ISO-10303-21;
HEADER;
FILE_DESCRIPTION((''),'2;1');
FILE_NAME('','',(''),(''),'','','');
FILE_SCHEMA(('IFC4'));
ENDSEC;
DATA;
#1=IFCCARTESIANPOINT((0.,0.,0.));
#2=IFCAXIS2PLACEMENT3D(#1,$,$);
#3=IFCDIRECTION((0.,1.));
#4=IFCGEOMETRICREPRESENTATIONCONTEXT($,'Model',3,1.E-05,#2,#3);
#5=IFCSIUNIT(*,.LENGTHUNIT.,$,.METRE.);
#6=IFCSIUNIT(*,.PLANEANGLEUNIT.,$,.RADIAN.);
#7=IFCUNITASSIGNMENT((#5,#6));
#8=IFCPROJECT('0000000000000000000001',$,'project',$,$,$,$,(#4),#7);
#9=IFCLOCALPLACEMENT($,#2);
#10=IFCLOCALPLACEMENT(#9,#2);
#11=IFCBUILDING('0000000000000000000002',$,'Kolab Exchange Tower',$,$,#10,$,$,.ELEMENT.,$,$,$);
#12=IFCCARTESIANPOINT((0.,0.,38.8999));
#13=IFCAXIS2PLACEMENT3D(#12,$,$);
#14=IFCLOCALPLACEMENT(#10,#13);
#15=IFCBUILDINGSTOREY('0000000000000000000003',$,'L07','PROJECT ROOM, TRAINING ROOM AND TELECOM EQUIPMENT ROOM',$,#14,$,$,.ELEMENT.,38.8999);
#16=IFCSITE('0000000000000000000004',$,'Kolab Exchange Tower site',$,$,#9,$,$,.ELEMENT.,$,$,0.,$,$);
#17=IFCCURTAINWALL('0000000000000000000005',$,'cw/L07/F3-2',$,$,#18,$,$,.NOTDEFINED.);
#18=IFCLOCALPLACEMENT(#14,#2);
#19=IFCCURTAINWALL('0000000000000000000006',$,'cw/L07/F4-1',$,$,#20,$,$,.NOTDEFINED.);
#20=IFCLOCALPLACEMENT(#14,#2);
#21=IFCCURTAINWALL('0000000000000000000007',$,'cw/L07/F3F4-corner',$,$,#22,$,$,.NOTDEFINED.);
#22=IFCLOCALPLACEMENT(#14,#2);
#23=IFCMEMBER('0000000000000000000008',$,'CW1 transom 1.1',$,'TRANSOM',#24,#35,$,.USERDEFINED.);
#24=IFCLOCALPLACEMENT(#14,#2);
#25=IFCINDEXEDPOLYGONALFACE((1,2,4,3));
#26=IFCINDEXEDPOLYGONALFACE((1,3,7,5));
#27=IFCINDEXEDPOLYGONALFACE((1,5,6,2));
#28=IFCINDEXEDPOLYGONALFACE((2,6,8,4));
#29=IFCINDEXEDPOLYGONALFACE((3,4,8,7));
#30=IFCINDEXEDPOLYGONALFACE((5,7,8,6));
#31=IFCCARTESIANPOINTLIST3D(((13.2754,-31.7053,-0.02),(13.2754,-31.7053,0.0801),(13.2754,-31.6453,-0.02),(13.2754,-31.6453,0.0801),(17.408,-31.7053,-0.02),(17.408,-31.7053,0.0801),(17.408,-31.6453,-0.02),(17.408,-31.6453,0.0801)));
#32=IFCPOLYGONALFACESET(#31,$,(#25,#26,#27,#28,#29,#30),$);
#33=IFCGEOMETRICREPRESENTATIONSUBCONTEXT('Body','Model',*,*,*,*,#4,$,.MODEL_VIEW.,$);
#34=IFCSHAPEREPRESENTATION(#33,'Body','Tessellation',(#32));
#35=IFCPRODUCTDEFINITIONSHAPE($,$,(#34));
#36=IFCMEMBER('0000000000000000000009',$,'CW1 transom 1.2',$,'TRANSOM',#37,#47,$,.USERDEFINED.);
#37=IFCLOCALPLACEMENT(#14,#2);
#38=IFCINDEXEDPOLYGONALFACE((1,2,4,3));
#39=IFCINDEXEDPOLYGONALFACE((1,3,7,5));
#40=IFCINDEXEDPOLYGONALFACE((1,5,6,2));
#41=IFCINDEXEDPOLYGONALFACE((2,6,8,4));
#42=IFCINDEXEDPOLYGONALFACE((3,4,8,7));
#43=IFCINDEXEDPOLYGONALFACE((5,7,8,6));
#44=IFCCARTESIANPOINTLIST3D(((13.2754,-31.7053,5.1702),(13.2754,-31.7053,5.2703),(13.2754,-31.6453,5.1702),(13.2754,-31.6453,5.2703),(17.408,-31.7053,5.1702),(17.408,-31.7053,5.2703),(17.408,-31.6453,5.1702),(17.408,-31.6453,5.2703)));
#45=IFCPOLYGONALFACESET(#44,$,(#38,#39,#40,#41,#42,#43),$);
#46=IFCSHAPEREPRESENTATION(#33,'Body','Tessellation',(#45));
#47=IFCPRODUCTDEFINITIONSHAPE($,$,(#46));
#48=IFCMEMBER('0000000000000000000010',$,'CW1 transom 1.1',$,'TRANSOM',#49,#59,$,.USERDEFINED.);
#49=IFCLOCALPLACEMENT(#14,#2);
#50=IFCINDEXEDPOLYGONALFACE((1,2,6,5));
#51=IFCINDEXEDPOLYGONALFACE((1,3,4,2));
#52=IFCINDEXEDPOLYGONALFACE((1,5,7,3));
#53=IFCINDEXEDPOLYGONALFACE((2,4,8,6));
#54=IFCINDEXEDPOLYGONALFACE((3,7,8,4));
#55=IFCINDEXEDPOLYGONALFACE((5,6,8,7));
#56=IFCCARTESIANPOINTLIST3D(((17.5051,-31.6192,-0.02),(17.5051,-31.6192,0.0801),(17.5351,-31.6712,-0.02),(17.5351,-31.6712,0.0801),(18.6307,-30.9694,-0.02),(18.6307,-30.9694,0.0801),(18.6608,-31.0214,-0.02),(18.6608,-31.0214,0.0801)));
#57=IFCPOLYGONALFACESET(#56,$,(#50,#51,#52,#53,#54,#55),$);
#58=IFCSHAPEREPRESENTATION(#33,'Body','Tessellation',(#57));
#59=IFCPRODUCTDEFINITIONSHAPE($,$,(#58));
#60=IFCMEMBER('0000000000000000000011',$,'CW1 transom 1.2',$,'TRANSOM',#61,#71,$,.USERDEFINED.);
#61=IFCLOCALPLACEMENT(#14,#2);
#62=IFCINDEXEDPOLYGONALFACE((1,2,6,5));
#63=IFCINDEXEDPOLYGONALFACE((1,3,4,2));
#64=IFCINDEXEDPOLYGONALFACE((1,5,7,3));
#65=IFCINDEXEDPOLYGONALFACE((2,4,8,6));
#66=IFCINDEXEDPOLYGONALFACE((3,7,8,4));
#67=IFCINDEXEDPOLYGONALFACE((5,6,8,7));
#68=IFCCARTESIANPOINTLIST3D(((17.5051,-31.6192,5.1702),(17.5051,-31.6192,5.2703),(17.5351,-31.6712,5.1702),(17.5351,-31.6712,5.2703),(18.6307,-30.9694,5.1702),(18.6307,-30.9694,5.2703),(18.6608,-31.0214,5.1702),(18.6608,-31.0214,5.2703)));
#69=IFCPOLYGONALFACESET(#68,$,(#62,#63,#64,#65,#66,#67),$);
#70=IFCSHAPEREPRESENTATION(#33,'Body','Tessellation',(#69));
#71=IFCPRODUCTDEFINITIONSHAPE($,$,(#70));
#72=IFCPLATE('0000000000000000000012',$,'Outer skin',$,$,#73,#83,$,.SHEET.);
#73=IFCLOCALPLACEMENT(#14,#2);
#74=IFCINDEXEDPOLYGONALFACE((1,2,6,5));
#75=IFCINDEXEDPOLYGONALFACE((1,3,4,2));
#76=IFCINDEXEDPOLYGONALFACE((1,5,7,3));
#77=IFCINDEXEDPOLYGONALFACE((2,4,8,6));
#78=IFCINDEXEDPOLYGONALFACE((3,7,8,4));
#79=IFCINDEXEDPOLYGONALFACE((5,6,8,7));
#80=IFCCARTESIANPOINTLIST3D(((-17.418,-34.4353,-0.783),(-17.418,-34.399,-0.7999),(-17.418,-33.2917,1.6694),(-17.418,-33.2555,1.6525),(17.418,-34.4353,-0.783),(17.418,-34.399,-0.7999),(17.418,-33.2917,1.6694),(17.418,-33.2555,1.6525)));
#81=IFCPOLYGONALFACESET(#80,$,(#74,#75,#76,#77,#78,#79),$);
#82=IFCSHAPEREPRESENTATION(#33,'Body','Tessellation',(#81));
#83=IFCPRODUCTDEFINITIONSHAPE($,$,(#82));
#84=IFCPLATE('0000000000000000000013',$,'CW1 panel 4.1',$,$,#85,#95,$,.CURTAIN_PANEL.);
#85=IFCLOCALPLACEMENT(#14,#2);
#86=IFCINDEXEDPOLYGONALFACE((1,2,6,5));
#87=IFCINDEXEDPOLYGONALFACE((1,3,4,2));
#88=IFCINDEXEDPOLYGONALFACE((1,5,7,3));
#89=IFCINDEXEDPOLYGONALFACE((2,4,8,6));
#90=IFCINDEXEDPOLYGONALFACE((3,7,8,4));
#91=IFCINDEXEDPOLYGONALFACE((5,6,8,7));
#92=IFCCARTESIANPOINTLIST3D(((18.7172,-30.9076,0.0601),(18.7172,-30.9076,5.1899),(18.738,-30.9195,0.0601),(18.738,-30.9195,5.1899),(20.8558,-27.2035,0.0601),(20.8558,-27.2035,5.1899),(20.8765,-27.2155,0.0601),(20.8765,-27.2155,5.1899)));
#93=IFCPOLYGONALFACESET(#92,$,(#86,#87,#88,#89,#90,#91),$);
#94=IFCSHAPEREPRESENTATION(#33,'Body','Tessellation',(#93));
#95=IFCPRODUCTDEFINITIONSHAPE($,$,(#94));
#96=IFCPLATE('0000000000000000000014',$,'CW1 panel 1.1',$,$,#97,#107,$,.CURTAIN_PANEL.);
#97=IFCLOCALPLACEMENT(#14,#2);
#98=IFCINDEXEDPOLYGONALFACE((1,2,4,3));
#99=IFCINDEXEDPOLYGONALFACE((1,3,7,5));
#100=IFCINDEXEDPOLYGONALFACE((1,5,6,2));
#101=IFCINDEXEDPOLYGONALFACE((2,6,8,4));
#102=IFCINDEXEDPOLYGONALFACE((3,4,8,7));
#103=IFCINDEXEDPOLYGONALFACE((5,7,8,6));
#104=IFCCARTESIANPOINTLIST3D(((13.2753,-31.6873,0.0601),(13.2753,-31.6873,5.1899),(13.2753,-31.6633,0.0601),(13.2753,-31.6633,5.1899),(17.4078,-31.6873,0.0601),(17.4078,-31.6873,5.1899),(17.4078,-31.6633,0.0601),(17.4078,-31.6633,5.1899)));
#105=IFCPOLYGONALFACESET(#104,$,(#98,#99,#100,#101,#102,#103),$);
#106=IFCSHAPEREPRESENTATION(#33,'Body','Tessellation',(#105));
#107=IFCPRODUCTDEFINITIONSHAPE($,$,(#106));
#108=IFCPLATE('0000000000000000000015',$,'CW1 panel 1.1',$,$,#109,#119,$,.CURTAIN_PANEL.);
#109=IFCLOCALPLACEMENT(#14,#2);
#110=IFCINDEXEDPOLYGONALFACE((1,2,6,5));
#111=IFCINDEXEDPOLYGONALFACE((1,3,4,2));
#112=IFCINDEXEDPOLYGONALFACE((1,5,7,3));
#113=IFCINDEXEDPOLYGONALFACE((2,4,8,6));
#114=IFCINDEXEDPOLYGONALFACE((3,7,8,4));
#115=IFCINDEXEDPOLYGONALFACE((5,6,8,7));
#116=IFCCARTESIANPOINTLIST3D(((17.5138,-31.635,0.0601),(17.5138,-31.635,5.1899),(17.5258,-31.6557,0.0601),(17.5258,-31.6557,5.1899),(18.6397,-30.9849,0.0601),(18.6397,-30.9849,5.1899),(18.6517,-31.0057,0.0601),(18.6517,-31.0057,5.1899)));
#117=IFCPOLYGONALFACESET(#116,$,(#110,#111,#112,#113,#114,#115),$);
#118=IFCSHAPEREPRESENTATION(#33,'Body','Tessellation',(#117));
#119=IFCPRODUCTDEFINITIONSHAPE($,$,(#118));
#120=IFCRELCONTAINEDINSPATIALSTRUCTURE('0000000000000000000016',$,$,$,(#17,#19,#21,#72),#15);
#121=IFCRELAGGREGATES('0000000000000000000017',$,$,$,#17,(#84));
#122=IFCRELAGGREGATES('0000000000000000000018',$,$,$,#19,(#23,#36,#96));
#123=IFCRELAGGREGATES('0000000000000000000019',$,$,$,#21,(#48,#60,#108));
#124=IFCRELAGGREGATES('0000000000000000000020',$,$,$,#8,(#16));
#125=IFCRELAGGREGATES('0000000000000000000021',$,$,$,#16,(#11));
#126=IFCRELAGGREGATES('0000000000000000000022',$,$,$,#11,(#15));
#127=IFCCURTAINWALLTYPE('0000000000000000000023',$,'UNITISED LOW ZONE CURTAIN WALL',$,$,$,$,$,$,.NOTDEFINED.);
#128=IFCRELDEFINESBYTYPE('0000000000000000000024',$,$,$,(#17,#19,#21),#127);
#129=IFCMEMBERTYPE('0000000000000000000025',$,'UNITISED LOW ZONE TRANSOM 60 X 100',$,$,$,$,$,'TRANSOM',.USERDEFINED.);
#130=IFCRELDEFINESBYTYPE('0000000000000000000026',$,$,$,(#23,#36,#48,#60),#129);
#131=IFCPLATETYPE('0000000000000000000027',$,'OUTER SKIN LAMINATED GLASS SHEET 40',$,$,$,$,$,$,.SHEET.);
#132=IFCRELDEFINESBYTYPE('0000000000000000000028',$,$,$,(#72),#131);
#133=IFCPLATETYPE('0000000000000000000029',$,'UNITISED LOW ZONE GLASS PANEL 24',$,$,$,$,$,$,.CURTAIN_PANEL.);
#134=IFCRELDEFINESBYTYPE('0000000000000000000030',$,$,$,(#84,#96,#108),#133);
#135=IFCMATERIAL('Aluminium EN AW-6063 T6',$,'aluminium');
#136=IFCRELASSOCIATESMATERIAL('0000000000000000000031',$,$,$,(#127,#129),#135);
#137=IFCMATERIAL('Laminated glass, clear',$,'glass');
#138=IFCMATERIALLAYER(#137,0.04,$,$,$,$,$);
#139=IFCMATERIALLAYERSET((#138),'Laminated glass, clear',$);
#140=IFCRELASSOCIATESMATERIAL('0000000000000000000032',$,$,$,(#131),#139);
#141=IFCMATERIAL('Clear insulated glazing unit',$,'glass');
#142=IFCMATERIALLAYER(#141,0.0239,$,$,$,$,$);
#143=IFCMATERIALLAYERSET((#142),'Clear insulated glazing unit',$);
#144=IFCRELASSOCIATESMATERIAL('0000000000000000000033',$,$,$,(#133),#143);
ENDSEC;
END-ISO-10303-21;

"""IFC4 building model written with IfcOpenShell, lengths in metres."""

from ifc_helpers import new_model, si_unit, direction, frame, origin, origin_2d, place, context, subcontext, project, spatial, polyline, rectangle, outline, extrude, material, layer, layer_set, material_profile, profile_set, type_object, element, aggregate, save


model = new_model("IFC4")

# Units and contexts
model_context = context("Model", 3, precision=1e-05, world=origin(), true_north=direction((0.0, 1.0)))
body_context = subcontext(model_context, "Body", "Model", "MODEL_VIEW")
ifc_project = project(units=[si_unit("LENGTHUNIT", "METRE"), si_unit("PLANEANGLEUNIT", "RADIAN")], contexts=[model_context])

# Site, building, storey
site_placement = place(None, origin())
site = spatial("IfcSite", under=ifc_project, at=site_placement, Name="Kolab Exchange Tower site", CompositionType="ELEMENT", RefElevation=0.0)
building_placement = place(site_placement, origin())
building = spatial("IfcBuilding", under=site, at=building_placement, Name="Kolab Exchange Tower", CompositionType="ELEMENT")
storey_placement = place(building_placement, frame((0.0, 0.0, 38.8999)))
storey = spatial("IfcBuildingStorey", under=building, at=storey_placement, Name="L07", Description="PROJECT ROOM, TRAINING ROOM AND TELECOM EQUIPMENT ROOM", CompositionType="ELEMENT", Elevation=38.8999)

# Curtain walls
ifc_material_1 = material(Name="Aluminium EN AW-6063 T6", Category="aluminium")
curtain_wall_type = type_object("IfcCurtainWallType", Name="UNITISED LOW ZONE CURTAIN WALL", PredefinedType="NOTDEFINED", material=ifc_material_1)
curtain_wall_1_placement = place(storey_placement, origin())
curtain_wall_1 = element("IfcCurtainWall", 1, at=curtain_wall_1_placement, inside=storey, type_object=curtain_wall_type, Name="cw/L07/F3-2", PredefinedType="NOTDEFINED")
curtain_wall_2_placement = place(storey_placement, origin())
curtain_wall_2 = element("IfcCurtainWall", 2, at=curtain_wall_2_placement, inside=storey, type_object=curtain_wall_type, Name="cw/L07/F4-1", PredefinedType="NOTDEFINED")

# Curtain wall
curtain_wall_3_placement = place(storey_placement, origin())
curtain_wall_3 = element("IfcCurtainWall", 3, at=curtain_wall_3_placement, inside=storey, type_object=curtain_wall_type, Name="cw/L07/F3F4-corner", PredefinedType="NOTDEFINED")

# Members
ifc_material_profile_1 = material_profile(ifc_material_1, rectangle(XDim=0.0601, YDim=0.1001, at=origin_2d()), Name="RECT 60X100")
ifc_profile_set_1 = profile_set([ifc_material_profile_1], Name="Aluminium EN AW-6063 T6")
member_type_1 = type_object("IfcMemberType", Name="UNITISED LOW ZONE TRANSOM 60 X 100", ElementType="TRANSOM", PredefinedType="USERDEFINED", material=ifc_profile_set_1)
member_1_placement = place(storey_placement, frame((17.408, -31.6753, 0.03), z_axis=(-1.0, 0.0, 0.0), x_axis=(0.0, -1.0, 0.0)))
member_1 = element("IfcMember", 4, at=member_1_placement, type_object=member_type_1, Name="CW1 transom 1.1", ObjectType="TRANSOM", PredefinedType="USERDEFINED", context=body_context, shape_type="SweptSolid", body=[
    extrude(rectangle(XDim=0.0601, YDim=0.1001, at=origin_2d()), origin(), (0.0, 0.0, 1.0), 4.1326),
])
member_2_placement = place(storey_placement, frame((17.408, -31.6753, 5.2202), z_axis=(-1.0, 0.0, 0.0), x_axis=(0.0, -1.0, 0.0)))
member_2 = element("IfcMember", 5, at=member_2_placement, type_object=member_type_1, Name="CW1 transom 1.2", ObjectType="TRANSOM", PredefinedType="USERDEFINED", context=body_context, shape_type="SweptSolid", body=[
    extrude(rectangle(XDim=0.0601, YDim=0.1001, at=origin_2d()), origin(), (0.0, 0.0, 1.0), 4.1326),
])
member_3_placement = place(storey_placement, frame((18.6458, -30.9954, 0.03), z_axis=(-0.866039, -0.499977, 0.0), x_axis=(0.499977, -0.866039, 0.0)))
member_3 = element("IfcMember", 6, at=member_3_placement, type_object=member_type_1, Name="CW1 transom 1.1", ObjectType="TRANSOM", PredefinedType="USERDEFINED", context=body_context, shape_type="SweptSolid", body=[
    extrude(rectangle(XDim=0.0601, YDim=0.1001, at=origin_2d()), origin(), (0.0, 0.0, 1.0), 1.2998),
])
member_4_placement = place(storey_placement, frame((18.6458, -30.9954, 5.2202), z_axis=(-0.866039, -0.499977, 0.0), x_axis=(0.499977, -0.866039, 0.0)))
member_4 = element("IfcMember", 7, at=member_4_placement, type_object=member_type_1, Name="CW1 transom 1.2", ObjectType="TRANSOM", PredefinedType="USERDEFINED", context=body_context, shape_type="SweptSolid", body=[
    extrude(rectangle(XDim=0.0601, YDim=0.1001, at=origin_2d()), origin(), (0.0, 0.0, 1.0), 1.2998),
])

# Plates
ifc_material_2 = material(Name="Laminated glass, clear", Category="glass")
ifc_layer_1 = layer(ifc_material_2, 0.04)
ifc_layer_set_1 = layer_set([ifc_layer_1], Name="Laminated glass, clear")
plate_type_1 = type_object("IfcPlateType", Name="OUTER SKIN LAMINATED GLASS SHEET 40", PredefinedType="SHEET", material=ifc_layer_set_1)
plate_1_placement = place(storey_placement, frame((17.418, -34.4353, -0.783), z_axis=(0.0, -0.90631, 0.422614), x_axis=(-1.0, 0.0, 0.0)))
element("IfcPlate", 8, at=plate_1_placement, inside=storey, type_object=plate_type_1, Name="Outer skin", PredefinedType="SHEET", context=body_context, shape_type="SweptSolid", body=[
    extrude(outline(polyline([(0.0, 0.0), (34.8359, 0.0), (34.8359, -2.7059), (0.0, -2.7059), (0.0, 0.0)])), origin(), (0.0, 0.0, -1.0), 0.04),
])
ifc_material_3 = material(Name="Clear insulated glazing unit", Category="glass")
ifc_layer_2 = layer(ifc_material_3, 0.0239)
ifc_layer_set_2 = layer_set([ifc_layer_2], Name="Clear insulated glazing unit")
plate_type_2 = type_object("IfcPlateType", Name="UNITISED LOW ZONE GLASS PANEL 24", PredefinedType="CURTAIN_PANEL", material=ifc_layer_set_2)
plate_2_placement = place(storey_placement, frame((19.7969, -29.0615, 0.0601), z_axis=(0.0, 0.0, 1.0), x_axis=(-0.5, -0.866025, 0.0)))
plate_2 = element("IfcPlate", 9, at=plate_2_placement, type_object=plate_type_2, Name="CW1 panel 4.1", PredefinedType="CURTAIN_PANEL", context=body_context, shape_type="SweptSolid", body=[
    extrude(rectangle(XDim=4.2771, YDim=0.0239, at=origin_2d()), origin(), (0.0, 0.0, 1.0), 5.1299),
])
aggregate(curtain_wall_1, [plate_2])
plate_3_placement = place(storey_placement, frame((15.3416, -31.6753, 0.0601), z_axis=(0.0, 0.0, 1.0), x_axis=(-1.0, 0.0, 0.0)))
plate_3 = element("IfcPlate", 10, at=plate_3_placement, type_object=plate_type_2, Name="CW1 panel 1.1", PredefinedType="CURTAIN_PANEL", context=body_context, shape_type="SweptSolid", body=[
    extrude(rectangle(XDim=4.1326, YDim=0.0239, at=origin_2d()), origin(), (0.0, 0.0, 1.0), 5.1299),
])
aggregate(curtain_wall_2, [member_1, member_2, plate_3])
plate_4_placement = place(storey_placement, frame((18.0828, -31.3203, 0.0601), z_axis=(0.0, 0.0, 1.0), x_axis=(-0.866025, -0.5, 0.0)))
plate_4 = element("IfcPlate", 11, at=plate_4_placement, type_object=plate_type_2, Name="CW1 panel 1.1", PredefinedType="CURTAIN_PANEL", context=body_context, shape_type="SweptSolid", body=[
    extrude(rectangle(XDim=1.3, YDim=0.0239, at=origin_2d()), origin(), (0.0, 0.0, 1.0), 5.1299),
])
aggregate(curtain_wall_3, [member_3, member_4, plate_4])

save(model, "model.ifc")
